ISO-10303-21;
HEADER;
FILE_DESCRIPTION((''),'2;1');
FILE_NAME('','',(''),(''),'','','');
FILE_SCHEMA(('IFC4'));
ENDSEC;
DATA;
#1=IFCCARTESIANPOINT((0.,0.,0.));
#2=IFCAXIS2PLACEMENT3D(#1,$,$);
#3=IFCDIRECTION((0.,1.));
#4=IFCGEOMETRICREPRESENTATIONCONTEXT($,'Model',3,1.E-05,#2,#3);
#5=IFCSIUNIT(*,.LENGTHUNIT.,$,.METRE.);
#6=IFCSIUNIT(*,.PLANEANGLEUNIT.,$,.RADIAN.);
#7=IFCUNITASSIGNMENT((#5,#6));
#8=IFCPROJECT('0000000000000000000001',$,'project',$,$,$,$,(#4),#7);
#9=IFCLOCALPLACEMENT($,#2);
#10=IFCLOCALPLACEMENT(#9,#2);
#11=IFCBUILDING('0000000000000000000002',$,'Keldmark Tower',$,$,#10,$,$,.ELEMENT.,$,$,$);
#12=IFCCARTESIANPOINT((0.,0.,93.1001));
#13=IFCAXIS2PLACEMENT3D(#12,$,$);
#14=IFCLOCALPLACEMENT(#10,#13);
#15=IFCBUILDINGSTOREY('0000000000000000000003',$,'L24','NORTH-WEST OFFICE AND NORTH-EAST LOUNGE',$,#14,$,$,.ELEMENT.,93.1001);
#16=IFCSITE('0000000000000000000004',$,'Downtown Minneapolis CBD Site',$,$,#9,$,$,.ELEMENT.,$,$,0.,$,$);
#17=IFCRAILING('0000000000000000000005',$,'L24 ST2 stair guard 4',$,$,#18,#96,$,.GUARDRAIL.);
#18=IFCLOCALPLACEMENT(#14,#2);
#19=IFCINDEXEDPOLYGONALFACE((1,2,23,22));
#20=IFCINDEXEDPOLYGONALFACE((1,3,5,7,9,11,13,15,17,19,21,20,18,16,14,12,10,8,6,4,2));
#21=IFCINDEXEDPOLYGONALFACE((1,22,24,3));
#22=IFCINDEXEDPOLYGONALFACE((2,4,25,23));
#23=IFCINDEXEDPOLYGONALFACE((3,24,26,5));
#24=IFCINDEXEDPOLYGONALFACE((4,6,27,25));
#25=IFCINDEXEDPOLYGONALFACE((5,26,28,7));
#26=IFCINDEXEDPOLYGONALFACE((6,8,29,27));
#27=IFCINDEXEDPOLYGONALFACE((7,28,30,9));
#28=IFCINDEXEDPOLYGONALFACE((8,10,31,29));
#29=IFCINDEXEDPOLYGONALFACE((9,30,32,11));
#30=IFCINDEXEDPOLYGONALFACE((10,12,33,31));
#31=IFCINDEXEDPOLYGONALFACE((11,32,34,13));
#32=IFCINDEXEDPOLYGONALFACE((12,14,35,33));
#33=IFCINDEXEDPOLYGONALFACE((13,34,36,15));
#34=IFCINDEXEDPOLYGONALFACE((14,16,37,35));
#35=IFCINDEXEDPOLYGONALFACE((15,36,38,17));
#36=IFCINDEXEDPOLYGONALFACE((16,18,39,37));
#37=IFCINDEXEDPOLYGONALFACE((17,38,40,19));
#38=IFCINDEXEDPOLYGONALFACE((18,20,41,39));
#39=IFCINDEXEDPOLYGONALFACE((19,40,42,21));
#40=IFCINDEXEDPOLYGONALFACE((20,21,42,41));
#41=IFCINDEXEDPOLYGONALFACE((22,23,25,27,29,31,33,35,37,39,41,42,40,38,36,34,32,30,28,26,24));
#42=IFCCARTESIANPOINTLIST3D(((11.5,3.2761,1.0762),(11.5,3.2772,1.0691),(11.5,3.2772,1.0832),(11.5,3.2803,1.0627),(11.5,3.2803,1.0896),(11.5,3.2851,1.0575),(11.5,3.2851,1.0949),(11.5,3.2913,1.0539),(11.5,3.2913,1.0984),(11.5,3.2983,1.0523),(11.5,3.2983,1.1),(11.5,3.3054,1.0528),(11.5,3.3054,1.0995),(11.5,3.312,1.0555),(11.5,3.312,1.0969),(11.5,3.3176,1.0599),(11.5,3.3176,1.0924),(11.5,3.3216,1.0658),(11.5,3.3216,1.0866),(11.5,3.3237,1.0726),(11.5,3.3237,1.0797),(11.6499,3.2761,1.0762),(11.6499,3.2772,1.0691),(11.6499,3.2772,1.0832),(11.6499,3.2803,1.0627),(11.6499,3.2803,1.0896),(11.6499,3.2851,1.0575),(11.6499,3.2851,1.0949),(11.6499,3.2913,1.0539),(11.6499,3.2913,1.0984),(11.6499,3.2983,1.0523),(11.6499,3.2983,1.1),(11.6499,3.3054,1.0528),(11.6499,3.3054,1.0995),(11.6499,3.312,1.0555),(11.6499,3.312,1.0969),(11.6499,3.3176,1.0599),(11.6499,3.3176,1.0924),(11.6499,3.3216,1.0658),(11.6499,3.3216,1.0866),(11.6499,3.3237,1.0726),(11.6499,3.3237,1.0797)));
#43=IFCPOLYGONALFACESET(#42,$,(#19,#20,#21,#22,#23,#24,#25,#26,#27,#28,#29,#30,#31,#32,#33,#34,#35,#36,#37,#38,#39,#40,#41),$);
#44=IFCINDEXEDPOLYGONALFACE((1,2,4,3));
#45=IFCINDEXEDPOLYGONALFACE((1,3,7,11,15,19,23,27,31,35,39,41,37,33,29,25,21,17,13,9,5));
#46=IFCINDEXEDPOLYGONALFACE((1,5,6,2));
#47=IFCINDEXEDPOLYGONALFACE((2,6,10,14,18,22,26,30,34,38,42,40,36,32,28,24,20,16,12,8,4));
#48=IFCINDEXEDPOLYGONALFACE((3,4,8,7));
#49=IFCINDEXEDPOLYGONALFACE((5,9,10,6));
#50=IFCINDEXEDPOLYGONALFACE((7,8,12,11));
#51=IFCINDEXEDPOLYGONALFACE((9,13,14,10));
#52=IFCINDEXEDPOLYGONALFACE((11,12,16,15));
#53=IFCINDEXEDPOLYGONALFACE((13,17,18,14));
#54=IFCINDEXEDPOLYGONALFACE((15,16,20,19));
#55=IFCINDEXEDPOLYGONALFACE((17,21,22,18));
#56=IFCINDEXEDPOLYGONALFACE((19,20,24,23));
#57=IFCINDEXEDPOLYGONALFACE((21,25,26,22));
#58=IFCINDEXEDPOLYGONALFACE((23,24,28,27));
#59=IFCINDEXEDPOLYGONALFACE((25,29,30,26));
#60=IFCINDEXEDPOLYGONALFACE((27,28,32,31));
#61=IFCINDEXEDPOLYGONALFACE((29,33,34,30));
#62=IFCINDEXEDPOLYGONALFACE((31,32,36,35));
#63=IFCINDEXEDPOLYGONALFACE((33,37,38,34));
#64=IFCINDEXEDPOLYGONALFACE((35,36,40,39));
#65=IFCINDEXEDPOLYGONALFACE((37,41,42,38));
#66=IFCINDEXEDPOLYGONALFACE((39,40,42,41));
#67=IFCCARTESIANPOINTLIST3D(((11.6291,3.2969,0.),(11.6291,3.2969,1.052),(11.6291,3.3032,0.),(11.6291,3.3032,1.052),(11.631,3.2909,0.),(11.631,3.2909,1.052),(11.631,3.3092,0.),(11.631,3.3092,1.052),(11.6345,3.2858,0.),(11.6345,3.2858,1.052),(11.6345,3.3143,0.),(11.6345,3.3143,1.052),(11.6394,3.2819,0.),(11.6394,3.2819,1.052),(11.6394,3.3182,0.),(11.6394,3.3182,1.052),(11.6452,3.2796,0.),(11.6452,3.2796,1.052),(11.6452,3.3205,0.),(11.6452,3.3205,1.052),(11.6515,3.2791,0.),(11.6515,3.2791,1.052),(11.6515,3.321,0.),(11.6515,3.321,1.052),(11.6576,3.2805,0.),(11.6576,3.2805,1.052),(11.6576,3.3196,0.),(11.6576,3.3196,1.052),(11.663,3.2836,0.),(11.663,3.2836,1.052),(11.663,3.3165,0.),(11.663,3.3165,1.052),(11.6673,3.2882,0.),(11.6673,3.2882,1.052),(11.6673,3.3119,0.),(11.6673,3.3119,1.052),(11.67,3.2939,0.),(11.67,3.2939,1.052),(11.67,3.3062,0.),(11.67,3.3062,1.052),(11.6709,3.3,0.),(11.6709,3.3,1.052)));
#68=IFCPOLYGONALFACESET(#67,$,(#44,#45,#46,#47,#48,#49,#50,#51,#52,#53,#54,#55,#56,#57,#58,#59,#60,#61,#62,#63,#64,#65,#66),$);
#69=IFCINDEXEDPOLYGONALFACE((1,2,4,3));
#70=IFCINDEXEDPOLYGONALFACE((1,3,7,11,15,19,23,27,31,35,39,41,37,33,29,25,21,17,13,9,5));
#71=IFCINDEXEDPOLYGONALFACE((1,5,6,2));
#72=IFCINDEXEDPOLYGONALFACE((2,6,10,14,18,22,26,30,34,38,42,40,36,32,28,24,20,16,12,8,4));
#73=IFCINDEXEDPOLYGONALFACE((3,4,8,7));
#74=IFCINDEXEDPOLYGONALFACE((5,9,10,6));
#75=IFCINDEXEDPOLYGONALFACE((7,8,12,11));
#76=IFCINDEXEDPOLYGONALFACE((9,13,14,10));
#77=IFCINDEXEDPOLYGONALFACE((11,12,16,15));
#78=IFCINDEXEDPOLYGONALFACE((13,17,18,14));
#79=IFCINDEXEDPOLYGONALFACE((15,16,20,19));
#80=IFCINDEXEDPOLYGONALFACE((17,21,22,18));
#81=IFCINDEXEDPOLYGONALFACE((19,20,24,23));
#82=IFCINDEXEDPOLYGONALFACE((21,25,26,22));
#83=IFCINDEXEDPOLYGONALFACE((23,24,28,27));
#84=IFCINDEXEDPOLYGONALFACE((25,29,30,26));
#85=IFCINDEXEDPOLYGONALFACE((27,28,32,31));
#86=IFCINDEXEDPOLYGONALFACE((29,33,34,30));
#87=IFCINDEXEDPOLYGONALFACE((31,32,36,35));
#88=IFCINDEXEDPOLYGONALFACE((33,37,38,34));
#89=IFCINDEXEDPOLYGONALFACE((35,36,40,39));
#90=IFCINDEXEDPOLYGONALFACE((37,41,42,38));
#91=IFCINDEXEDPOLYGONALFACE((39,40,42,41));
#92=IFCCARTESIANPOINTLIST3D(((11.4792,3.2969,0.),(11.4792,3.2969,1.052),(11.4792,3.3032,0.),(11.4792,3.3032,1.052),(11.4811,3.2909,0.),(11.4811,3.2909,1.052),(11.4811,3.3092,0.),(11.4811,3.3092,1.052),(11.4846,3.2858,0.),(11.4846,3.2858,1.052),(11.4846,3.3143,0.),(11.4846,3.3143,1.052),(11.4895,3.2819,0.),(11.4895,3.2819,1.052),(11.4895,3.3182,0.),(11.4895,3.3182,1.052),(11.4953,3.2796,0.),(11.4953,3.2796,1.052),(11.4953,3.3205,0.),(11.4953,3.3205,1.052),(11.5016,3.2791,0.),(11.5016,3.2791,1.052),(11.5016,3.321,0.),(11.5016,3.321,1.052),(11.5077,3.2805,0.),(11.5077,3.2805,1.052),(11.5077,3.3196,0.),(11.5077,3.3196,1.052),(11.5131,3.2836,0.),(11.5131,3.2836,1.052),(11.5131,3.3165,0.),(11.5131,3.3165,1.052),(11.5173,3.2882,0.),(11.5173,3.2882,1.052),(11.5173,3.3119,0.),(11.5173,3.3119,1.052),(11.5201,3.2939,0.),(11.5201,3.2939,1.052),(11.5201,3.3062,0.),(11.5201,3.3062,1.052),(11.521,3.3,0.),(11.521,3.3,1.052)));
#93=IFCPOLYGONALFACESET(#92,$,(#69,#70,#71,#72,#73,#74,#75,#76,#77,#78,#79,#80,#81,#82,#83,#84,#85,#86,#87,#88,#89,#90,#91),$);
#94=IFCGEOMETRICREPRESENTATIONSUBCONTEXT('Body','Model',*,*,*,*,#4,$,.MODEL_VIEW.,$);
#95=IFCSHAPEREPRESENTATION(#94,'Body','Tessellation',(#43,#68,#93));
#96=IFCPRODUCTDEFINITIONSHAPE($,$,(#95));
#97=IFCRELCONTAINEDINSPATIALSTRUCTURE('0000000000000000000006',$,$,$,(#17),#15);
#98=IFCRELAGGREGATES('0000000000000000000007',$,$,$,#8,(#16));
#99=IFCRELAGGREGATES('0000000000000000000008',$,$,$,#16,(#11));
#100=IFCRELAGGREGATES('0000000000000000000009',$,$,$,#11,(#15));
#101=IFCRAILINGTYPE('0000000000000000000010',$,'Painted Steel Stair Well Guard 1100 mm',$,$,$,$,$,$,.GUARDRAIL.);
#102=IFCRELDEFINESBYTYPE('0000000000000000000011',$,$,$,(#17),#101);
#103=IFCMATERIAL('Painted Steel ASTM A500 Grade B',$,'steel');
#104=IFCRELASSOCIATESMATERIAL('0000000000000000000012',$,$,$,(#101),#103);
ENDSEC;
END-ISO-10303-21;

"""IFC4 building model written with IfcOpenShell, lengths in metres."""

from ifc_helpers import new_model, si_unit, direction, frame, origin, origin_2d, place, context, subcontext, project, spatial, circle, extrude, material, type_object, element, save


model = new_model("IFC4")

# Units and contexts
model_context = context("Model", 3, precision=1e-05, world=origin(), true_north=direction((0.0, 1.0)))
body_context = subcontext(model_context, "Body", "Model", "MODEL_VIEW")
ifc_project = project(units=[si_unit("LENGTHUNIT", "METRE"), si_unit("PLANEANGLEUNIT", "RADIAN")], contexts=[model_context])

# Site, building, storey
site_placement = place(None, origin())
site = spatial("IfcSite", under=ifc_project, at=site_placement, Name="Downtown Minneapolis CBD Site", CompositionType="ELEMENT", RefElevation=0.0)
building_placement = place(site_placement, origin())
building = spatial("IfcBuilding", under=site, at=building_placement, Name="Keldmark Tower", CompositionType="ELEMENT")
storey_placement = place(building_placement, frame((0.0, 0.0, 93.1001)))
storey = spatial("IfcBuildingStorey", under=building, at=storey_placement, Name="L24", Description="NORTH-WEST OFFICE AND NORTH-EAST LOUNGE", CompositionType="ELEMENT", Elevation=93.1001)

# Railing
ifc_material_1 = material(Name="Painted Steel ASTM A500 Grade B", Category="steel")
railing_type_1 = type_object("IfcRailingType", Name="Painted Steel Stair Well Guard 1100 mm", PredefinedType="GUARDRAIL", material=ifc_material_1)
railing_1_placement = place(storey_placement, frame((11.6499, 3.3, 0.0)))
element("IfcRailing", 1, at=railing_1_placement, inside=storey, type_object=railing_type_1, Name="L24 ST2 stair guard 4", PredefinedType="GUARDRAIL", context=body_context, shape_type="SweptSolid", body=[
    extrude(circle(Radius=0.0239, at=origin_2d()), frame((0.0, 0.0, 1.0762), z_axis=(-1.0, 0.0, 0.0), x_axis=(0.0, -1.0, 0.0)), (0.0, 0.0, 1.0), 0.1499),
    extrude(circle(Radius=0.021, at=origin_2d()), origin(), (0.0, 0.0, 1.0), 1.052),
    extrude(circle(Radius=0.021, at=origin_2d()), frame((-0.1499, 0.0, 0.0)), (0.0, 0.0, 1.0), 1.052),
])

save(model, "model.ifc")
